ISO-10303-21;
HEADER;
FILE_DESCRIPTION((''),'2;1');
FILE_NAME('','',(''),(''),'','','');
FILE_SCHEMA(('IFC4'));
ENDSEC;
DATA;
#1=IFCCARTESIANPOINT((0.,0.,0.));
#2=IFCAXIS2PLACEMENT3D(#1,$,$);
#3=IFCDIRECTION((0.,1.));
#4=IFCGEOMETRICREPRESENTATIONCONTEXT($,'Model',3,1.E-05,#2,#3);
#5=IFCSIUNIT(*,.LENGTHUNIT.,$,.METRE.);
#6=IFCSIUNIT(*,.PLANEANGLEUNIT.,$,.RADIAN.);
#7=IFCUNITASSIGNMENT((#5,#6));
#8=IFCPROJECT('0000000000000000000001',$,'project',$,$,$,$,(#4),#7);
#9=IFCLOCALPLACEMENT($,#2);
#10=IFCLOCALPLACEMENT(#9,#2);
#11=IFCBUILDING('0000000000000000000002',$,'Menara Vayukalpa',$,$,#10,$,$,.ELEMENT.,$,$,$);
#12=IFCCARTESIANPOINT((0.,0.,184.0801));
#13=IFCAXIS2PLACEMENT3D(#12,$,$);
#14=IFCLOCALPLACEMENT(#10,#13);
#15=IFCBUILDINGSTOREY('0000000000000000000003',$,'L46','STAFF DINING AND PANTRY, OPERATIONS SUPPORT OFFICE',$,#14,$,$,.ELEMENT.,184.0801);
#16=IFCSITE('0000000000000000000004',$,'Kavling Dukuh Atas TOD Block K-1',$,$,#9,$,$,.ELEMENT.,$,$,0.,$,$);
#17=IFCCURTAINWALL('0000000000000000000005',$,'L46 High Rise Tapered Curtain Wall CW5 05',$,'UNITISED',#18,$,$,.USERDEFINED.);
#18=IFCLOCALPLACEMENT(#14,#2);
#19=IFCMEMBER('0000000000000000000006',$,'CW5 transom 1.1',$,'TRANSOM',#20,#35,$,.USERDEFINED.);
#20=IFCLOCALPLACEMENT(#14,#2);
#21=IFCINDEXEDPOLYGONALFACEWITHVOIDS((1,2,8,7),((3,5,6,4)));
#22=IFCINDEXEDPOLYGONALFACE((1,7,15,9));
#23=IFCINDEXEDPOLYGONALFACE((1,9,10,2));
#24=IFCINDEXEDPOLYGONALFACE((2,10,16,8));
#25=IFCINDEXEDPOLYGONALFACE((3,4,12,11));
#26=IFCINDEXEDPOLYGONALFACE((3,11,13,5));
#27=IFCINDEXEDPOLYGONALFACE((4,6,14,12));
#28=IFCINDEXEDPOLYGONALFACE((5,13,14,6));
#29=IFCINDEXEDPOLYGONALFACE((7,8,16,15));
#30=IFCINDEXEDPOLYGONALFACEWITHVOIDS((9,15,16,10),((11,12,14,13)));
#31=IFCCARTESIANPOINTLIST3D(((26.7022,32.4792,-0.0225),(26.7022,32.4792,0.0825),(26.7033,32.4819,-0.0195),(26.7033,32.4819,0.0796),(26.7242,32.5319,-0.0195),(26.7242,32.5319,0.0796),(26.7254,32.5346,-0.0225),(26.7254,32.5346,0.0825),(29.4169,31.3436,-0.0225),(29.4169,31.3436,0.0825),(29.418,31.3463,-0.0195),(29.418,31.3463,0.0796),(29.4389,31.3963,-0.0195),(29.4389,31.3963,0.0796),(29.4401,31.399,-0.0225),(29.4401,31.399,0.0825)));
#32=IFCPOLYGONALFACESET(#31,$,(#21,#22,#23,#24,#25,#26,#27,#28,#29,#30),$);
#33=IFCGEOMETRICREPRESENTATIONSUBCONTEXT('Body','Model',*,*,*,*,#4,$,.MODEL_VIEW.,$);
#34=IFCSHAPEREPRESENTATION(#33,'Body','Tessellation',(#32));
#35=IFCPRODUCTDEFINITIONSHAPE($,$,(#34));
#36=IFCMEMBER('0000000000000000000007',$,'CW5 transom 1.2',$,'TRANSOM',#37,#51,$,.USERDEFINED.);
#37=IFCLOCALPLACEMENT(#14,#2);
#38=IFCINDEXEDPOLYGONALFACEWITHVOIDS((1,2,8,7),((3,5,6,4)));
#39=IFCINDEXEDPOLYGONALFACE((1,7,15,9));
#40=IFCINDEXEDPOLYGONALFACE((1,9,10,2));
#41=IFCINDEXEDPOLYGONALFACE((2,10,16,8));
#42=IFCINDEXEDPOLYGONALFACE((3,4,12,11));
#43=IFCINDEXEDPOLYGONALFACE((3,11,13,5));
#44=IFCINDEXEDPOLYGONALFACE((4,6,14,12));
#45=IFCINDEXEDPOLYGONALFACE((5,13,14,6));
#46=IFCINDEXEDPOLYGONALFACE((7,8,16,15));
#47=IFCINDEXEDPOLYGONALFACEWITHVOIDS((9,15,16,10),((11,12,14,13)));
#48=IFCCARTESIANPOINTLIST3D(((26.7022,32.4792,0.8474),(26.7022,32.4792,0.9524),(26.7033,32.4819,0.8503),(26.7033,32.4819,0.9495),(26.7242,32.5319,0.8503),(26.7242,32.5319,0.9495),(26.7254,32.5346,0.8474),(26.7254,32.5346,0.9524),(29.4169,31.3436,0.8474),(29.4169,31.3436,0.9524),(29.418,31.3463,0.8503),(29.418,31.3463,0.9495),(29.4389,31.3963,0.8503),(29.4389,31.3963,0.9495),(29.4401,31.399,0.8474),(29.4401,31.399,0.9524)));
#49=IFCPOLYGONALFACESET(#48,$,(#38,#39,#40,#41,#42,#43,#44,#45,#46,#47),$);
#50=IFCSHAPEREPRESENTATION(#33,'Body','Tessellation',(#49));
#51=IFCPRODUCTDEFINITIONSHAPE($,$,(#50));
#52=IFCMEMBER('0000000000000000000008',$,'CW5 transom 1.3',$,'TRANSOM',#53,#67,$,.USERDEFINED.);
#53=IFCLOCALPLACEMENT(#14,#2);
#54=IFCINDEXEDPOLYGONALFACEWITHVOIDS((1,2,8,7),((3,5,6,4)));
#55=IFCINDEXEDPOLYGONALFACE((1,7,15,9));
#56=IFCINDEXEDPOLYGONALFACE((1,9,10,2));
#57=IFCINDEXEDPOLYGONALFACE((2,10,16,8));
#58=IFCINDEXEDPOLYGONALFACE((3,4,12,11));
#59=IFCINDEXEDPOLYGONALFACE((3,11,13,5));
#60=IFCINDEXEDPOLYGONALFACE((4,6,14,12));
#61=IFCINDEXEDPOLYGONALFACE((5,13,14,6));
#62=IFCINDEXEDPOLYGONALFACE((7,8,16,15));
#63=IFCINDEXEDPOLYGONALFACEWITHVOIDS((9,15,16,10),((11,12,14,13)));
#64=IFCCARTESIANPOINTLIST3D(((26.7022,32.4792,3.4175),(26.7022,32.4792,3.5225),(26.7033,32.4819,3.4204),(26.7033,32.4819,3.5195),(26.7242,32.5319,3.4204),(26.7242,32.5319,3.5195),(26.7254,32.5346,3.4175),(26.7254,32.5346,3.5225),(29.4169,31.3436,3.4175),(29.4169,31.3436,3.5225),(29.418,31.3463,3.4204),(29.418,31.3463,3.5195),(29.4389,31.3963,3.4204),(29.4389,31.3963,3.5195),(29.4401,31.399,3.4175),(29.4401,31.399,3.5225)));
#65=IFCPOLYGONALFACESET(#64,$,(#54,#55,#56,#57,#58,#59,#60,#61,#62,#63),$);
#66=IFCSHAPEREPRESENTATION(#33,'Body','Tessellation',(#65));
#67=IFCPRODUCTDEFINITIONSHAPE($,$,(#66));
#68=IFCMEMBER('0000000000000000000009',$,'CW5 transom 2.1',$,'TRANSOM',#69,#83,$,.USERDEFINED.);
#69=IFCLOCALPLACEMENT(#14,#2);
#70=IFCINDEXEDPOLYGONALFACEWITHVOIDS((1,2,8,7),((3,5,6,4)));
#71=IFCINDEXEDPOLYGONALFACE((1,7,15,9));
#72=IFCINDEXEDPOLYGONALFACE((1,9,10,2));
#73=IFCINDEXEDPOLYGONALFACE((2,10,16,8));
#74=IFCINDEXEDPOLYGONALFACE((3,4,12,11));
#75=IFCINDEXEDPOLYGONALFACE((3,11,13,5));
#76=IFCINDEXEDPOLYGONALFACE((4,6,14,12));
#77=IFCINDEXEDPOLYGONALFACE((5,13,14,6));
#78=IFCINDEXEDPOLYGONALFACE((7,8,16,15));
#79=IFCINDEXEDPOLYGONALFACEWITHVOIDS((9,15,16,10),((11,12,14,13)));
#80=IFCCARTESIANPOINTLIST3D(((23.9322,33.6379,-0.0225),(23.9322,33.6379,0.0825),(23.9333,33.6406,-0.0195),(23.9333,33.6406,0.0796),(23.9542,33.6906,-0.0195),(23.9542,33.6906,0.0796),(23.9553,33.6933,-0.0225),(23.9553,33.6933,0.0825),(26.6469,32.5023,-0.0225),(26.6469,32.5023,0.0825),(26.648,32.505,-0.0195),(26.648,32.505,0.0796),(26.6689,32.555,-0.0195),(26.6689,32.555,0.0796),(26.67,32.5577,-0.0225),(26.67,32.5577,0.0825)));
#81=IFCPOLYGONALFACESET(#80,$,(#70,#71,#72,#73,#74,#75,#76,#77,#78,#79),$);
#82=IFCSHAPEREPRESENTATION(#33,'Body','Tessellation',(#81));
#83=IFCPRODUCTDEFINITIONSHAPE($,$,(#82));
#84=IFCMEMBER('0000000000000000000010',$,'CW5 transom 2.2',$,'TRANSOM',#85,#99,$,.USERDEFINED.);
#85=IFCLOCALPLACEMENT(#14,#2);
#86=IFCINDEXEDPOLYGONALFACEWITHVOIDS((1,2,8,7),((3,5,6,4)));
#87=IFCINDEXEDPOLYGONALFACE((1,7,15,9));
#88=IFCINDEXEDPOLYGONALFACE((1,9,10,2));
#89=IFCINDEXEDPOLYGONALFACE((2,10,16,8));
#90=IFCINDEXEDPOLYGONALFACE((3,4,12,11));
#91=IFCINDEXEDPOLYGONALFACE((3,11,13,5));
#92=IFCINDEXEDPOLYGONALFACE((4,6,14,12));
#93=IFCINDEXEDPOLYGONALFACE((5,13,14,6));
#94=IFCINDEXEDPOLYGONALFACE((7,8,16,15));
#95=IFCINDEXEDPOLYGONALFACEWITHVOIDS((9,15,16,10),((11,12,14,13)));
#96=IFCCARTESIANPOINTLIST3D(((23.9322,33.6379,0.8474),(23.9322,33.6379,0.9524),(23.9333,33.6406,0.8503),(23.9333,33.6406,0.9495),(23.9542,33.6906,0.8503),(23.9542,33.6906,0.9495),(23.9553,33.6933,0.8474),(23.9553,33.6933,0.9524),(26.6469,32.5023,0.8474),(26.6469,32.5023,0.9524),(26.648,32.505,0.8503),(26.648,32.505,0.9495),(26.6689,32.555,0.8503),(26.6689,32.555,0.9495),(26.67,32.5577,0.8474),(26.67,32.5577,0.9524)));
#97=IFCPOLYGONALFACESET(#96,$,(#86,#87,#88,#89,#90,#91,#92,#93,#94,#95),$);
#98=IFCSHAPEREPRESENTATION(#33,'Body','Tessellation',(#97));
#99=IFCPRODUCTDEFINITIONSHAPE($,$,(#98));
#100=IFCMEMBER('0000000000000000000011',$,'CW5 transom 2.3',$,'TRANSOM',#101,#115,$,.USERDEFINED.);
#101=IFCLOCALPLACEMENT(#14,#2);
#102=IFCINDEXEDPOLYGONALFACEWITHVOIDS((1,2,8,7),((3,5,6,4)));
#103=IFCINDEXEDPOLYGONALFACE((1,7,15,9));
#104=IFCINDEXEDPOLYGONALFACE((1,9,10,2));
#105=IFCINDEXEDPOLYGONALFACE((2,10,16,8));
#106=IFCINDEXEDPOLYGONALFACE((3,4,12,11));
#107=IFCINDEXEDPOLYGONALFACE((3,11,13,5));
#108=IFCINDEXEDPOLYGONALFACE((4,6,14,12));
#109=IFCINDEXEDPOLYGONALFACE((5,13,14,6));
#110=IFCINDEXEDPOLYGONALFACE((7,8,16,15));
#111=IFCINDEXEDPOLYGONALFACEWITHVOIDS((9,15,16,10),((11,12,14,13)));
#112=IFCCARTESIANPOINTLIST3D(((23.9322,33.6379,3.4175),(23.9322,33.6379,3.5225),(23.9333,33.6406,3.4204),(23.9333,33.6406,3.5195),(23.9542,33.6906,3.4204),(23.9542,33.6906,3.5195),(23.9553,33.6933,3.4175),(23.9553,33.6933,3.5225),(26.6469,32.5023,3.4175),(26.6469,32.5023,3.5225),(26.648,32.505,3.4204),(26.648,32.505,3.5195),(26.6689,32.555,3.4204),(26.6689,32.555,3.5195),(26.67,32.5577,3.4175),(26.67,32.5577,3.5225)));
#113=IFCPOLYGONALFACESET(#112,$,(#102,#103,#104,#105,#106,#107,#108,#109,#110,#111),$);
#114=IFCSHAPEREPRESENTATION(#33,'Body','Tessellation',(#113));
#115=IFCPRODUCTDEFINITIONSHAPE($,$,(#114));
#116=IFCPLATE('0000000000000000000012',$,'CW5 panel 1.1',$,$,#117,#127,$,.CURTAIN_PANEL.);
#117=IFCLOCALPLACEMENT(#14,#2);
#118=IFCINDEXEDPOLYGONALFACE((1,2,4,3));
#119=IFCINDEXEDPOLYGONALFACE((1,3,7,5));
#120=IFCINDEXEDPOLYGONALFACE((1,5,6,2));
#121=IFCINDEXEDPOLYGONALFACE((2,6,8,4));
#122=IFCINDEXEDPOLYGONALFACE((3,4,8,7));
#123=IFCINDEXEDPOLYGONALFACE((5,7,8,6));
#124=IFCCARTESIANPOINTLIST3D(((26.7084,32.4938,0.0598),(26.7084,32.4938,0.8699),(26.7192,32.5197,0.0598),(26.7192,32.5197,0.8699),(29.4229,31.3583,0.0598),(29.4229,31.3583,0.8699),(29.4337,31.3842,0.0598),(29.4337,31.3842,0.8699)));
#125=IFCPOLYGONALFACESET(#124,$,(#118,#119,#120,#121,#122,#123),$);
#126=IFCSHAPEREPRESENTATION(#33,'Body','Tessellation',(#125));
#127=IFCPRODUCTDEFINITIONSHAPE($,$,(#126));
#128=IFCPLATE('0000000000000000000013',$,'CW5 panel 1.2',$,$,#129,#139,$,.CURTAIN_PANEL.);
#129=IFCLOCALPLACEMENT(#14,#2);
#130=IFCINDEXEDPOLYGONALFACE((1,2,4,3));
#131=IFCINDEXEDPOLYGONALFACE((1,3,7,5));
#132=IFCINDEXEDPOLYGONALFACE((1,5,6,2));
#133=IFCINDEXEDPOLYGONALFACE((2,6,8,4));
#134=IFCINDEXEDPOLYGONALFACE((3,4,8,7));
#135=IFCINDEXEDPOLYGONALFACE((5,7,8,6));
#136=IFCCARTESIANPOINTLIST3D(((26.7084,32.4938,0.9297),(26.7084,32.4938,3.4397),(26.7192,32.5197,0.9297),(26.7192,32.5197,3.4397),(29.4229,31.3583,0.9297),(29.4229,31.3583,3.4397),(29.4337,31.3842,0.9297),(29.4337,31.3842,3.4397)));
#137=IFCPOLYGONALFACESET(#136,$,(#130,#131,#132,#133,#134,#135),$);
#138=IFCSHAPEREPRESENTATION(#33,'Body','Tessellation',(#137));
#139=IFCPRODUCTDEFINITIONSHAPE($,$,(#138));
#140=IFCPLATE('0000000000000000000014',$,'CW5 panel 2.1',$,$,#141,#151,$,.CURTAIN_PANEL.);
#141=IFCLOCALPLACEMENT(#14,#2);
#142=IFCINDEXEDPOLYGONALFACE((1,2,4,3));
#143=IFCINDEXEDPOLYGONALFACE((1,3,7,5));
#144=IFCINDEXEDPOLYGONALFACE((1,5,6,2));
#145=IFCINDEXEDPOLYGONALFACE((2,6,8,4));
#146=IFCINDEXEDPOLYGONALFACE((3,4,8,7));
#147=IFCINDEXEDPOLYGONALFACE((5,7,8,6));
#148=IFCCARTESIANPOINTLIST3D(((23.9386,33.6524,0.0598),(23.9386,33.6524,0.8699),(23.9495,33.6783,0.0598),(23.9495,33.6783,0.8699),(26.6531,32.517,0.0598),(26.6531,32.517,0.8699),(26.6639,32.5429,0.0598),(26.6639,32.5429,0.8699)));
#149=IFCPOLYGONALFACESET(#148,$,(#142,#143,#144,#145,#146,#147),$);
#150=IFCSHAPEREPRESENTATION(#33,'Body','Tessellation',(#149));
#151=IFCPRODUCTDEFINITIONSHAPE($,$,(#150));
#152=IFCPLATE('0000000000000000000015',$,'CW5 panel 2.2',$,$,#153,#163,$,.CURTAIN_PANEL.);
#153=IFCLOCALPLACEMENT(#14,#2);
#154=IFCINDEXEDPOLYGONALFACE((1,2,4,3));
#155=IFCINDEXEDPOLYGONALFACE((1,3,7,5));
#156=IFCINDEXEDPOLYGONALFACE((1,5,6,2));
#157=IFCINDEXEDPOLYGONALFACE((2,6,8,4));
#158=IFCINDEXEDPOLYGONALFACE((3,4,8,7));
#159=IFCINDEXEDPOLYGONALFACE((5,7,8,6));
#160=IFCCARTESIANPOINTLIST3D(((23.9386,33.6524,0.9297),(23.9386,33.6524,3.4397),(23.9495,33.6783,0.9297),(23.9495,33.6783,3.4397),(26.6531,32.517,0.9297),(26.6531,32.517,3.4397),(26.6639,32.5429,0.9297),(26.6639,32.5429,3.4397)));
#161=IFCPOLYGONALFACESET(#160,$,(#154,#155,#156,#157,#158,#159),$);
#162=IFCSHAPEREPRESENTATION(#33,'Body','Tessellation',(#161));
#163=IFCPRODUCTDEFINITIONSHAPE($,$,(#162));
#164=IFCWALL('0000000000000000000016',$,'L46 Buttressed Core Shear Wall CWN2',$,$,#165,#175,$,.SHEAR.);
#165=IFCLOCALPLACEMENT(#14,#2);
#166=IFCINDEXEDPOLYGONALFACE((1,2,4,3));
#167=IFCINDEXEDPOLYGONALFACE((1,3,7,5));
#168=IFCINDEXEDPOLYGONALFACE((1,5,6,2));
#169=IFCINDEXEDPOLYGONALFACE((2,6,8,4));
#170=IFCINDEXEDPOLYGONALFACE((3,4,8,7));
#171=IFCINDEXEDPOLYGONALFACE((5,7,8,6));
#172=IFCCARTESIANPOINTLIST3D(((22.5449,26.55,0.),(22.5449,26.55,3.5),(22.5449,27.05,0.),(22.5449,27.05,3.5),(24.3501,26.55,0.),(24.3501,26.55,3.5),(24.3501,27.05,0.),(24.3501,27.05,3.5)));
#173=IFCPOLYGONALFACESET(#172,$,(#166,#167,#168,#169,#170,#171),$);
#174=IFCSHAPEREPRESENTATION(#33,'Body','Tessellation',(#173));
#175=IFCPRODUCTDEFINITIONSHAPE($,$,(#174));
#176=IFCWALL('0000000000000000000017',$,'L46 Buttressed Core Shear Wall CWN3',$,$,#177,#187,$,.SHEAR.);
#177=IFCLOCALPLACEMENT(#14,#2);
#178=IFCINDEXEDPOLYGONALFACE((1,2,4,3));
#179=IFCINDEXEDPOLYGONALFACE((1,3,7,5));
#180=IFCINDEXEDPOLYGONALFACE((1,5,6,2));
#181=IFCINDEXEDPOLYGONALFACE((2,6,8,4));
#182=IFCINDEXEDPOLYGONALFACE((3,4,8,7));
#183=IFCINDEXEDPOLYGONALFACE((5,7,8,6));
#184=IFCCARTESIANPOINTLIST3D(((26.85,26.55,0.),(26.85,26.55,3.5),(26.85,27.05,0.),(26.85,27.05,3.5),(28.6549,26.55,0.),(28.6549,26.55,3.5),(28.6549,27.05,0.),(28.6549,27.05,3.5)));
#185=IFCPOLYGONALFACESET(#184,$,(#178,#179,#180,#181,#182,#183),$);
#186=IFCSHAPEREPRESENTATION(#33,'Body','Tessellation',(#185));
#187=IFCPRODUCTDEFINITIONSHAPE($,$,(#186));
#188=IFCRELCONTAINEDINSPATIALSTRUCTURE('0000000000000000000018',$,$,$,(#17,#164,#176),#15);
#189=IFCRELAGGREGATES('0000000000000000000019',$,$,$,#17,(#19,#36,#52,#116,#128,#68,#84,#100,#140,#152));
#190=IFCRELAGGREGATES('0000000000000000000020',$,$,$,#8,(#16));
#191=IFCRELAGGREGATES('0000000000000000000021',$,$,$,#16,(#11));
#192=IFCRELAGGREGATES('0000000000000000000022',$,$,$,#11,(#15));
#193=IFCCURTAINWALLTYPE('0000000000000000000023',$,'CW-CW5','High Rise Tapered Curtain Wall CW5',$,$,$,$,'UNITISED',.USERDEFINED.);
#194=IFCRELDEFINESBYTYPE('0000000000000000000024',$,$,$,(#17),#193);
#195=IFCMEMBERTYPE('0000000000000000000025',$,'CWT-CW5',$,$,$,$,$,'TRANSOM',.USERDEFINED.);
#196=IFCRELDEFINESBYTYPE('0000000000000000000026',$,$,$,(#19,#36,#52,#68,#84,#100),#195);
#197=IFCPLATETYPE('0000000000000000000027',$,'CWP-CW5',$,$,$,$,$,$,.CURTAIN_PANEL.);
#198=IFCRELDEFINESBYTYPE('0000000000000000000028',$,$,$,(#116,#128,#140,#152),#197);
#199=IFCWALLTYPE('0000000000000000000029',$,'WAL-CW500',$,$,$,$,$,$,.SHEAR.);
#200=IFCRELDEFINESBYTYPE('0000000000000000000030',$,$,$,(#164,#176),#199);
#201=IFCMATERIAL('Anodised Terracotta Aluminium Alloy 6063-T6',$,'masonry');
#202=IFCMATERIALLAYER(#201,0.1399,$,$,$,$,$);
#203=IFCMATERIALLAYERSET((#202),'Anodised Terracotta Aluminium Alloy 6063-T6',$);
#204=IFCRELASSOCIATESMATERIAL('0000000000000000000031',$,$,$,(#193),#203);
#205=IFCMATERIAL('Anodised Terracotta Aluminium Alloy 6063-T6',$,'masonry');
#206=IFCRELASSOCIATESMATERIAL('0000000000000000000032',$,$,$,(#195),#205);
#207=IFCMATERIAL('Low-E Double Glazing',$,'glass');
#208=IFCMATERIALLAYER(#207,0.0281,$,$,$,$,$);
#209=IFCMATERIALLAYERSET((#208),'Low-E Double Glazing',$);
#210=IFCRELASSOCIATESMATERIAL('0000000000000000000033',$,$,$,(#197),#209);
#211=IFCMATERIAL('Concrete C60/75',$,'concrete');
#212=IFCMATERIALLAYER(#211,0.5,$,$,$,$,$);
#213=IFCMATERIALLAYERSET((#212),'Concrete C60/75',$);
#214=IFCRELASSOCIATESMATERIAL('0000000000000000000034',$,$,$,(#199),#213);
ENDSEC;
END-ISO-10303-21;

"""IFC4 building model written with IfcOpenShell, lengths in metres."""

from ifc_helpers import new_model, si_unit, direction, frame, frame_2d, origin, origin_2d, place, context, subcontext, project, spatial, rectangle, hollow_rectangle, extrude, material, layer, layer_set, material_profile, profile_set, type_object, element, aggregate, save


model = new_model("IFC4")

# Units and contexts
model_context = context("Model", 3, precision=1e-05, world=origin(), true_north=direction((0.0, 1.0)))
body_context = subcontext(model_context, "Body", "Model", "MODEL_VIEW")
ifc_project = project(units=[si_unit("LENGTHUNIT", "METRE"), si_unit("PLANEANGLEUNIT", "RADIAN")], contexts=[model_context])

# Site, building, storey
site_placement = place(None, origin())
site = spatial("IfcSite", under=ifc_project, at=site_placement, Name="Kavling Dukuh Atas TOD Block K-1", CompositionType="ELEMENT", RefElevation=0.0)
building_placement = place(site_placement, origin())
building = spatial("IfcBuilding", under=site, at=building_placement, Name="Menara Vayukalpa", CompositionType="ELEMENT")
storey_placement = place(building_placement, frame((0.0, 0.0, 184.0801)))
storey = spatial("IfcBuildingStorey", under=building, at=storey_placement, Name="L46", Description="STAFF DINING AND PANTRY, OPERATIONS SUPPORT OFFICE", CompositionType="ELEMENT", Elevation=184.0801)

# Curtain wall, members, plates
ifc_material_1 = material(Name="Anodised Terracotta Aluminium Alloy 6063-T6", Category="masonry")
ifc_layer_1 = layer(ifc_material_1, 0.1399)
ifc_layer_set_1 = layer_set([ifc_layer_1], Name="Anodised Terracotta Aluminium Alloy 6063-T6")
curtain_wall_type = type_object("IfcCurtainWallType", Name="CW-CW5", Description="High Rise Tapered Curtain Wall CW5", ElementType="UNITISED", PredefinedType="USERDEFINED", material=ifc_layer_set_1)
curtain_wall_placement = place(storey_placement, origin())
curtain_wall = element("IfcCurtainWall", 1, at=curtain_wall_placement, inside=storey, type_object=curtain_wall_type, Name="L46 High Rise Tapered Curtain Wall CW5 05", ObjectType="UNITISED", PredefinedType="USERDEFINED")
ifc_material_2 = material(Name="Anodised Terracotta Aluminium Alloy 6063-T6", Category="masonry")
ifc_material_profile_1 = material_profile(ifc_material_2, hollow_rectangle(XDim=0.0601, YDim=0.105, WallThickness=0.0029, at=origin_2d()), Name="ALU 60x105x3")
ifc_profile_set_1 = profile_set([ifc_material_profile_1], Name="Anodised Terracotta Aluminium Alloy 6063-T6")
member_type_1 = type_object("IfcMemberType", Name="CWT-CW5", ElementType="TRANSOM", PredefinedType="USERDEFINED", material=ifc_profile_set_1)
member_1_placement = place(storey_placement, frame((29.4285, 31.3713, 0.03), z_axis=(-0.922543, 0.385893, 0.0), x_axis=(-0.385893, -0.922543, 0.0)))
member_1 = element("IfcMember", 2, at=member_1_placement, type_object=member_type_1, Name="CW5 transom 1.1", ObjectType="TRANSOM", PredefinedType="USERDEFINED", context=body_context, shape_type="SweptSolid", body=[
    extrude(hollow_rectangle(XDim=0.0601, YDim=0.105, WallThickness=0.0029, at=origin_2d()), origin(), (0.0, 0.0, 1.0), 2.9426),
])
member_2_placement = place(storey_placement, frame((29.4285, 31.3713, 0.8999), z_axis=(-0.922543, 0.385893, 0.0), x_axis=(-0.385893, -0.922543, 0.0)))
member_2 = element("IfcMember", 3, at=member_2_placement, type_object=member_type_1, Name="CW5 transom 1.2", ObjectType="TRANSOM", PredefinedType="USERDEFINED", context=body_context, shape_type="SweptSolid", body=[
    extrude(hollow_rectangle(XDim=0.0601, YDim=0.105, WallThickness=0.0029, at=origin_2d()), origin(), (0.0, 0.0, 1.0), 2.9426),
])
member_3_placement = place(storey_placement, frame((29.4285, 31.3713, 3.47), z_axis=(-0.922543, 0.385893, 0.0), x_axis=(-0.385893, -0.922543, 0.0)))
member_3 = element("IfcMember", 4, at=member_3_placement, type_object=member_type_1, Name="CW5 transom 1.3", ObjectType="TRANSOM", PredefinedType="USERDEFINED", context=body_context, shape_type="SweptSolid", body=[
    extrude(hollow_rectangle(XDim=0.0601, YDim=0.105, WallThickness=0.0029, at=origin_2d()), origin(), (0.0, 0.0, 1.0), 2.9426),
])
member_4_placement = place(storey_placement, frame((26.6584, 32.53, 0.03), z_axis=(-0.922543, 0.385893, 0.0), x_axis=(-0.385893, -0.922543, 0.0)))
member_4 = element("IfcMember", 5, at=member_4_placement, type_object=member_type_1, Name="CW5 transom 2.1", ObjectType="TRANSOM", PredefinedType="USERDEFINED", context=body_context, shape_type="SweptSolid", body=[
    extrude(hollow_rectangle(XDim=0.0601, YDim=0.105, WallThickness=0.0029, at=origin_2d()), origin(), (0.0, 0.0, 1.0), 2.9426),
])
member_5_placement = place(storey_placement, frame((26.6584, 32.53, 0.8999), z_axis=(-0.922543, 0.385893, 0.0), x_axis=(-0.385893, -0.922543, 0.0)))
member_5 = element("IfcMember", 6, at=member_5_placement, type_object=member_type_1, Name="CW5 transom 2.2", ObjectType="TRANSOM", PredefinedType="USERDEFINED", context=body_context, shape_type="SweptSolid", body=[
    extrude(hollow_rectangle(XDim=0.0601, YDim=0.105, WallThickness=0.0029, at=origin_2d()), origin(), (0.0, 0.0, 1.0), 2.9426),
])
member_6_placement = place(storey_placement, frame((26.6584, 32.53, 3.47), z_axis=(-0.922543, 0.385893, 0.0), x_axis=(-0.385893, -0.922543, 0.0)))
member_6 = element("IfcMember", 7, at=member_6_placement, type_object=member_type_1, Name="CW5 transom 2.3", ObjectType="TRANSOM", PredefinedType="USERDEFINED", context=body_context, shape_type="SweptSolid", body=[
    extrude(hollow_rectangle(XDim=0.0601, YDim=0.105, WallThickness=0.0029, at=origin_2d()), origin(), (0.0, 0.0, 1.0), 2.9426),
])
ifc_material_3 = material(Name="Low-E Double Glazing", Category="glass")
ifc_layer_2 = layer(ifc_material_3, 0.0281)
ifc_layer_set_2 = layer_set([ifc_layer_2], Name="Low-E Double Glazing")
plate_type = type_object("IfcPlateType", Name="CWP-CW5", PredefinedType="CURTAIN_PANEL", material=ifc_layer_set_2)
plate_1_placement = place(storey_placement, frame((28.071, 31.939, 0.0598), z_axis=(0.0, 0.0, 1.0), x_axis=(-0.922539, 0.385903, 0.0)))
plate_1 = element("IfcPlate", 8, at=plate_1_placement, type_object=plate_type, Name="CW5 panel 1.1", PredefinedType="CURTAIN_PANEL", context=body_context, shape_type="SweptSolid", body=[
    extrude(rectangle(XDim=2.9424, YDim=0.0281, at=origin_2d()), origin(), (0.0, 0.0, 1.0), 0.8101),
])
plate_2_placement = place(storey_placement, frame((28.071, 31.939, 0.9297), z_axis=(0.0, 0.0, 1.0), x_axis=(-0.922539, 0.385903, 0.0)))
plate_2 = element("IfcPlate", 9, at=plate_2_placement, type_object=plate_type, Name="CW5 panel 1.2", PredefinedType="CURTAIN_PANEL", context=body_context, shape_type="SweptSolid", body=[
    extrude(rectangle(XDim=2.9424, YDim=0.0281, at=origin_2d()), origin(), (0.0, 0.0, 1.0), 2.51),
])
plate_3_placement = place(storey_placement, frame((25.3013, 33.0977, 0.0598), z_axis=(0.0, 0.0, 1.0), x_axis=(-0.922539, 0.385903, 0.0)))
plate_3 = element("IfcPlate", 10, at=plate_3_placement, type_object=plate_type, Name="CW5 panel 2.1", PredefinedType="CURTAIN_PANEL", context=body_context, shape_type="SweptSolid", body=[
    extrude(rectangle(XDim=2.9424, YDim=0.0281, at=origin_2d()), origin(), (0.0, 0.0, 1.0), 0.8101),
])
plate_4_placement = place(storey_placement, frame((25.3013, 33.0977, 0.9297), z_axis=(0.0, 0.0, 1.0), x_axis=(-0.922539, 0.385903, 0.0)))
plate_4 = element("IfcPlate", 11, at=plate_4_placement, type_object=plate_type, Name="CW5 panel 2.2", PredefinedType="CURTAIN_PANEL", context=body_context, shape_type="SweptSolid", body=[
    extrude(rectangle(XDim=2.9424, YDim=0.0281, at=origin_2d()), origin(), (0.0, 0.0, 1.0), 2.51),
])
aggregate(curtain_wall, [member_1, member_2, member_3, plate_1, plate_2, member_4, member_5, member_6, plate_3, plate_4])

# Walls
ifc_material_4 = material(Name="Concrete C60/75", Category="concrete")
ifc_layer_3 = layer(ifc_material_4, 0.5)
ifc_layer_set_3 = layer_set([ifc_layer_3], Name="Concrete C60/75")
wall_type_1 = type_object("IfcWallType", Name="WAL-CW500", PredefinedType="SHEAR", material=ifc_layer_set_3)
wall_1_placement = place(storey_placement, frame((22.5449, 26.8, 0.0), z_axis=(0.0, 0.0, 1.0), x_axis=(1.0, 0.0, 0.0)))
element("IfcWall", 12, at=wall_1_placement, inside=storey, type_object=wall_type_1, Name="L46 Buttressed Core Shear Wall CWN2", PredefinedType="SHEAR", context=body_context, shape_type="SweptSolid", body=[
    extrude(rectangle(XDim=1.8052, YDim=0.5, at=frame_2d((0.9026, 0.0))), origin(), (0.0, 0.0, 1.0), 3.5),
])
wall_2_placement = place(storey_placement, frame((26.8501, 26.8, 0.0), z_axis=(0.0, 0.0, 1.0), x_axis=(1.0, 0.0, 0.0)))
element("IfcWall", 13, at=wall_2_placement, inside=storey, type_object=wall_type_1, Name="L46 Buttressed Core Shear Wall CWN3", PredefinedType="SHEAR", context=body_context, shape_type="SweptSolid", body=[
    extrude(rectangle(XDim=1.8049, YDim=0.5, at=frame_2d((0.9023, 0.0))), origin(), (0.0, 0.0, 1.0), 3.5),
])

save(model, "model.ifc")
